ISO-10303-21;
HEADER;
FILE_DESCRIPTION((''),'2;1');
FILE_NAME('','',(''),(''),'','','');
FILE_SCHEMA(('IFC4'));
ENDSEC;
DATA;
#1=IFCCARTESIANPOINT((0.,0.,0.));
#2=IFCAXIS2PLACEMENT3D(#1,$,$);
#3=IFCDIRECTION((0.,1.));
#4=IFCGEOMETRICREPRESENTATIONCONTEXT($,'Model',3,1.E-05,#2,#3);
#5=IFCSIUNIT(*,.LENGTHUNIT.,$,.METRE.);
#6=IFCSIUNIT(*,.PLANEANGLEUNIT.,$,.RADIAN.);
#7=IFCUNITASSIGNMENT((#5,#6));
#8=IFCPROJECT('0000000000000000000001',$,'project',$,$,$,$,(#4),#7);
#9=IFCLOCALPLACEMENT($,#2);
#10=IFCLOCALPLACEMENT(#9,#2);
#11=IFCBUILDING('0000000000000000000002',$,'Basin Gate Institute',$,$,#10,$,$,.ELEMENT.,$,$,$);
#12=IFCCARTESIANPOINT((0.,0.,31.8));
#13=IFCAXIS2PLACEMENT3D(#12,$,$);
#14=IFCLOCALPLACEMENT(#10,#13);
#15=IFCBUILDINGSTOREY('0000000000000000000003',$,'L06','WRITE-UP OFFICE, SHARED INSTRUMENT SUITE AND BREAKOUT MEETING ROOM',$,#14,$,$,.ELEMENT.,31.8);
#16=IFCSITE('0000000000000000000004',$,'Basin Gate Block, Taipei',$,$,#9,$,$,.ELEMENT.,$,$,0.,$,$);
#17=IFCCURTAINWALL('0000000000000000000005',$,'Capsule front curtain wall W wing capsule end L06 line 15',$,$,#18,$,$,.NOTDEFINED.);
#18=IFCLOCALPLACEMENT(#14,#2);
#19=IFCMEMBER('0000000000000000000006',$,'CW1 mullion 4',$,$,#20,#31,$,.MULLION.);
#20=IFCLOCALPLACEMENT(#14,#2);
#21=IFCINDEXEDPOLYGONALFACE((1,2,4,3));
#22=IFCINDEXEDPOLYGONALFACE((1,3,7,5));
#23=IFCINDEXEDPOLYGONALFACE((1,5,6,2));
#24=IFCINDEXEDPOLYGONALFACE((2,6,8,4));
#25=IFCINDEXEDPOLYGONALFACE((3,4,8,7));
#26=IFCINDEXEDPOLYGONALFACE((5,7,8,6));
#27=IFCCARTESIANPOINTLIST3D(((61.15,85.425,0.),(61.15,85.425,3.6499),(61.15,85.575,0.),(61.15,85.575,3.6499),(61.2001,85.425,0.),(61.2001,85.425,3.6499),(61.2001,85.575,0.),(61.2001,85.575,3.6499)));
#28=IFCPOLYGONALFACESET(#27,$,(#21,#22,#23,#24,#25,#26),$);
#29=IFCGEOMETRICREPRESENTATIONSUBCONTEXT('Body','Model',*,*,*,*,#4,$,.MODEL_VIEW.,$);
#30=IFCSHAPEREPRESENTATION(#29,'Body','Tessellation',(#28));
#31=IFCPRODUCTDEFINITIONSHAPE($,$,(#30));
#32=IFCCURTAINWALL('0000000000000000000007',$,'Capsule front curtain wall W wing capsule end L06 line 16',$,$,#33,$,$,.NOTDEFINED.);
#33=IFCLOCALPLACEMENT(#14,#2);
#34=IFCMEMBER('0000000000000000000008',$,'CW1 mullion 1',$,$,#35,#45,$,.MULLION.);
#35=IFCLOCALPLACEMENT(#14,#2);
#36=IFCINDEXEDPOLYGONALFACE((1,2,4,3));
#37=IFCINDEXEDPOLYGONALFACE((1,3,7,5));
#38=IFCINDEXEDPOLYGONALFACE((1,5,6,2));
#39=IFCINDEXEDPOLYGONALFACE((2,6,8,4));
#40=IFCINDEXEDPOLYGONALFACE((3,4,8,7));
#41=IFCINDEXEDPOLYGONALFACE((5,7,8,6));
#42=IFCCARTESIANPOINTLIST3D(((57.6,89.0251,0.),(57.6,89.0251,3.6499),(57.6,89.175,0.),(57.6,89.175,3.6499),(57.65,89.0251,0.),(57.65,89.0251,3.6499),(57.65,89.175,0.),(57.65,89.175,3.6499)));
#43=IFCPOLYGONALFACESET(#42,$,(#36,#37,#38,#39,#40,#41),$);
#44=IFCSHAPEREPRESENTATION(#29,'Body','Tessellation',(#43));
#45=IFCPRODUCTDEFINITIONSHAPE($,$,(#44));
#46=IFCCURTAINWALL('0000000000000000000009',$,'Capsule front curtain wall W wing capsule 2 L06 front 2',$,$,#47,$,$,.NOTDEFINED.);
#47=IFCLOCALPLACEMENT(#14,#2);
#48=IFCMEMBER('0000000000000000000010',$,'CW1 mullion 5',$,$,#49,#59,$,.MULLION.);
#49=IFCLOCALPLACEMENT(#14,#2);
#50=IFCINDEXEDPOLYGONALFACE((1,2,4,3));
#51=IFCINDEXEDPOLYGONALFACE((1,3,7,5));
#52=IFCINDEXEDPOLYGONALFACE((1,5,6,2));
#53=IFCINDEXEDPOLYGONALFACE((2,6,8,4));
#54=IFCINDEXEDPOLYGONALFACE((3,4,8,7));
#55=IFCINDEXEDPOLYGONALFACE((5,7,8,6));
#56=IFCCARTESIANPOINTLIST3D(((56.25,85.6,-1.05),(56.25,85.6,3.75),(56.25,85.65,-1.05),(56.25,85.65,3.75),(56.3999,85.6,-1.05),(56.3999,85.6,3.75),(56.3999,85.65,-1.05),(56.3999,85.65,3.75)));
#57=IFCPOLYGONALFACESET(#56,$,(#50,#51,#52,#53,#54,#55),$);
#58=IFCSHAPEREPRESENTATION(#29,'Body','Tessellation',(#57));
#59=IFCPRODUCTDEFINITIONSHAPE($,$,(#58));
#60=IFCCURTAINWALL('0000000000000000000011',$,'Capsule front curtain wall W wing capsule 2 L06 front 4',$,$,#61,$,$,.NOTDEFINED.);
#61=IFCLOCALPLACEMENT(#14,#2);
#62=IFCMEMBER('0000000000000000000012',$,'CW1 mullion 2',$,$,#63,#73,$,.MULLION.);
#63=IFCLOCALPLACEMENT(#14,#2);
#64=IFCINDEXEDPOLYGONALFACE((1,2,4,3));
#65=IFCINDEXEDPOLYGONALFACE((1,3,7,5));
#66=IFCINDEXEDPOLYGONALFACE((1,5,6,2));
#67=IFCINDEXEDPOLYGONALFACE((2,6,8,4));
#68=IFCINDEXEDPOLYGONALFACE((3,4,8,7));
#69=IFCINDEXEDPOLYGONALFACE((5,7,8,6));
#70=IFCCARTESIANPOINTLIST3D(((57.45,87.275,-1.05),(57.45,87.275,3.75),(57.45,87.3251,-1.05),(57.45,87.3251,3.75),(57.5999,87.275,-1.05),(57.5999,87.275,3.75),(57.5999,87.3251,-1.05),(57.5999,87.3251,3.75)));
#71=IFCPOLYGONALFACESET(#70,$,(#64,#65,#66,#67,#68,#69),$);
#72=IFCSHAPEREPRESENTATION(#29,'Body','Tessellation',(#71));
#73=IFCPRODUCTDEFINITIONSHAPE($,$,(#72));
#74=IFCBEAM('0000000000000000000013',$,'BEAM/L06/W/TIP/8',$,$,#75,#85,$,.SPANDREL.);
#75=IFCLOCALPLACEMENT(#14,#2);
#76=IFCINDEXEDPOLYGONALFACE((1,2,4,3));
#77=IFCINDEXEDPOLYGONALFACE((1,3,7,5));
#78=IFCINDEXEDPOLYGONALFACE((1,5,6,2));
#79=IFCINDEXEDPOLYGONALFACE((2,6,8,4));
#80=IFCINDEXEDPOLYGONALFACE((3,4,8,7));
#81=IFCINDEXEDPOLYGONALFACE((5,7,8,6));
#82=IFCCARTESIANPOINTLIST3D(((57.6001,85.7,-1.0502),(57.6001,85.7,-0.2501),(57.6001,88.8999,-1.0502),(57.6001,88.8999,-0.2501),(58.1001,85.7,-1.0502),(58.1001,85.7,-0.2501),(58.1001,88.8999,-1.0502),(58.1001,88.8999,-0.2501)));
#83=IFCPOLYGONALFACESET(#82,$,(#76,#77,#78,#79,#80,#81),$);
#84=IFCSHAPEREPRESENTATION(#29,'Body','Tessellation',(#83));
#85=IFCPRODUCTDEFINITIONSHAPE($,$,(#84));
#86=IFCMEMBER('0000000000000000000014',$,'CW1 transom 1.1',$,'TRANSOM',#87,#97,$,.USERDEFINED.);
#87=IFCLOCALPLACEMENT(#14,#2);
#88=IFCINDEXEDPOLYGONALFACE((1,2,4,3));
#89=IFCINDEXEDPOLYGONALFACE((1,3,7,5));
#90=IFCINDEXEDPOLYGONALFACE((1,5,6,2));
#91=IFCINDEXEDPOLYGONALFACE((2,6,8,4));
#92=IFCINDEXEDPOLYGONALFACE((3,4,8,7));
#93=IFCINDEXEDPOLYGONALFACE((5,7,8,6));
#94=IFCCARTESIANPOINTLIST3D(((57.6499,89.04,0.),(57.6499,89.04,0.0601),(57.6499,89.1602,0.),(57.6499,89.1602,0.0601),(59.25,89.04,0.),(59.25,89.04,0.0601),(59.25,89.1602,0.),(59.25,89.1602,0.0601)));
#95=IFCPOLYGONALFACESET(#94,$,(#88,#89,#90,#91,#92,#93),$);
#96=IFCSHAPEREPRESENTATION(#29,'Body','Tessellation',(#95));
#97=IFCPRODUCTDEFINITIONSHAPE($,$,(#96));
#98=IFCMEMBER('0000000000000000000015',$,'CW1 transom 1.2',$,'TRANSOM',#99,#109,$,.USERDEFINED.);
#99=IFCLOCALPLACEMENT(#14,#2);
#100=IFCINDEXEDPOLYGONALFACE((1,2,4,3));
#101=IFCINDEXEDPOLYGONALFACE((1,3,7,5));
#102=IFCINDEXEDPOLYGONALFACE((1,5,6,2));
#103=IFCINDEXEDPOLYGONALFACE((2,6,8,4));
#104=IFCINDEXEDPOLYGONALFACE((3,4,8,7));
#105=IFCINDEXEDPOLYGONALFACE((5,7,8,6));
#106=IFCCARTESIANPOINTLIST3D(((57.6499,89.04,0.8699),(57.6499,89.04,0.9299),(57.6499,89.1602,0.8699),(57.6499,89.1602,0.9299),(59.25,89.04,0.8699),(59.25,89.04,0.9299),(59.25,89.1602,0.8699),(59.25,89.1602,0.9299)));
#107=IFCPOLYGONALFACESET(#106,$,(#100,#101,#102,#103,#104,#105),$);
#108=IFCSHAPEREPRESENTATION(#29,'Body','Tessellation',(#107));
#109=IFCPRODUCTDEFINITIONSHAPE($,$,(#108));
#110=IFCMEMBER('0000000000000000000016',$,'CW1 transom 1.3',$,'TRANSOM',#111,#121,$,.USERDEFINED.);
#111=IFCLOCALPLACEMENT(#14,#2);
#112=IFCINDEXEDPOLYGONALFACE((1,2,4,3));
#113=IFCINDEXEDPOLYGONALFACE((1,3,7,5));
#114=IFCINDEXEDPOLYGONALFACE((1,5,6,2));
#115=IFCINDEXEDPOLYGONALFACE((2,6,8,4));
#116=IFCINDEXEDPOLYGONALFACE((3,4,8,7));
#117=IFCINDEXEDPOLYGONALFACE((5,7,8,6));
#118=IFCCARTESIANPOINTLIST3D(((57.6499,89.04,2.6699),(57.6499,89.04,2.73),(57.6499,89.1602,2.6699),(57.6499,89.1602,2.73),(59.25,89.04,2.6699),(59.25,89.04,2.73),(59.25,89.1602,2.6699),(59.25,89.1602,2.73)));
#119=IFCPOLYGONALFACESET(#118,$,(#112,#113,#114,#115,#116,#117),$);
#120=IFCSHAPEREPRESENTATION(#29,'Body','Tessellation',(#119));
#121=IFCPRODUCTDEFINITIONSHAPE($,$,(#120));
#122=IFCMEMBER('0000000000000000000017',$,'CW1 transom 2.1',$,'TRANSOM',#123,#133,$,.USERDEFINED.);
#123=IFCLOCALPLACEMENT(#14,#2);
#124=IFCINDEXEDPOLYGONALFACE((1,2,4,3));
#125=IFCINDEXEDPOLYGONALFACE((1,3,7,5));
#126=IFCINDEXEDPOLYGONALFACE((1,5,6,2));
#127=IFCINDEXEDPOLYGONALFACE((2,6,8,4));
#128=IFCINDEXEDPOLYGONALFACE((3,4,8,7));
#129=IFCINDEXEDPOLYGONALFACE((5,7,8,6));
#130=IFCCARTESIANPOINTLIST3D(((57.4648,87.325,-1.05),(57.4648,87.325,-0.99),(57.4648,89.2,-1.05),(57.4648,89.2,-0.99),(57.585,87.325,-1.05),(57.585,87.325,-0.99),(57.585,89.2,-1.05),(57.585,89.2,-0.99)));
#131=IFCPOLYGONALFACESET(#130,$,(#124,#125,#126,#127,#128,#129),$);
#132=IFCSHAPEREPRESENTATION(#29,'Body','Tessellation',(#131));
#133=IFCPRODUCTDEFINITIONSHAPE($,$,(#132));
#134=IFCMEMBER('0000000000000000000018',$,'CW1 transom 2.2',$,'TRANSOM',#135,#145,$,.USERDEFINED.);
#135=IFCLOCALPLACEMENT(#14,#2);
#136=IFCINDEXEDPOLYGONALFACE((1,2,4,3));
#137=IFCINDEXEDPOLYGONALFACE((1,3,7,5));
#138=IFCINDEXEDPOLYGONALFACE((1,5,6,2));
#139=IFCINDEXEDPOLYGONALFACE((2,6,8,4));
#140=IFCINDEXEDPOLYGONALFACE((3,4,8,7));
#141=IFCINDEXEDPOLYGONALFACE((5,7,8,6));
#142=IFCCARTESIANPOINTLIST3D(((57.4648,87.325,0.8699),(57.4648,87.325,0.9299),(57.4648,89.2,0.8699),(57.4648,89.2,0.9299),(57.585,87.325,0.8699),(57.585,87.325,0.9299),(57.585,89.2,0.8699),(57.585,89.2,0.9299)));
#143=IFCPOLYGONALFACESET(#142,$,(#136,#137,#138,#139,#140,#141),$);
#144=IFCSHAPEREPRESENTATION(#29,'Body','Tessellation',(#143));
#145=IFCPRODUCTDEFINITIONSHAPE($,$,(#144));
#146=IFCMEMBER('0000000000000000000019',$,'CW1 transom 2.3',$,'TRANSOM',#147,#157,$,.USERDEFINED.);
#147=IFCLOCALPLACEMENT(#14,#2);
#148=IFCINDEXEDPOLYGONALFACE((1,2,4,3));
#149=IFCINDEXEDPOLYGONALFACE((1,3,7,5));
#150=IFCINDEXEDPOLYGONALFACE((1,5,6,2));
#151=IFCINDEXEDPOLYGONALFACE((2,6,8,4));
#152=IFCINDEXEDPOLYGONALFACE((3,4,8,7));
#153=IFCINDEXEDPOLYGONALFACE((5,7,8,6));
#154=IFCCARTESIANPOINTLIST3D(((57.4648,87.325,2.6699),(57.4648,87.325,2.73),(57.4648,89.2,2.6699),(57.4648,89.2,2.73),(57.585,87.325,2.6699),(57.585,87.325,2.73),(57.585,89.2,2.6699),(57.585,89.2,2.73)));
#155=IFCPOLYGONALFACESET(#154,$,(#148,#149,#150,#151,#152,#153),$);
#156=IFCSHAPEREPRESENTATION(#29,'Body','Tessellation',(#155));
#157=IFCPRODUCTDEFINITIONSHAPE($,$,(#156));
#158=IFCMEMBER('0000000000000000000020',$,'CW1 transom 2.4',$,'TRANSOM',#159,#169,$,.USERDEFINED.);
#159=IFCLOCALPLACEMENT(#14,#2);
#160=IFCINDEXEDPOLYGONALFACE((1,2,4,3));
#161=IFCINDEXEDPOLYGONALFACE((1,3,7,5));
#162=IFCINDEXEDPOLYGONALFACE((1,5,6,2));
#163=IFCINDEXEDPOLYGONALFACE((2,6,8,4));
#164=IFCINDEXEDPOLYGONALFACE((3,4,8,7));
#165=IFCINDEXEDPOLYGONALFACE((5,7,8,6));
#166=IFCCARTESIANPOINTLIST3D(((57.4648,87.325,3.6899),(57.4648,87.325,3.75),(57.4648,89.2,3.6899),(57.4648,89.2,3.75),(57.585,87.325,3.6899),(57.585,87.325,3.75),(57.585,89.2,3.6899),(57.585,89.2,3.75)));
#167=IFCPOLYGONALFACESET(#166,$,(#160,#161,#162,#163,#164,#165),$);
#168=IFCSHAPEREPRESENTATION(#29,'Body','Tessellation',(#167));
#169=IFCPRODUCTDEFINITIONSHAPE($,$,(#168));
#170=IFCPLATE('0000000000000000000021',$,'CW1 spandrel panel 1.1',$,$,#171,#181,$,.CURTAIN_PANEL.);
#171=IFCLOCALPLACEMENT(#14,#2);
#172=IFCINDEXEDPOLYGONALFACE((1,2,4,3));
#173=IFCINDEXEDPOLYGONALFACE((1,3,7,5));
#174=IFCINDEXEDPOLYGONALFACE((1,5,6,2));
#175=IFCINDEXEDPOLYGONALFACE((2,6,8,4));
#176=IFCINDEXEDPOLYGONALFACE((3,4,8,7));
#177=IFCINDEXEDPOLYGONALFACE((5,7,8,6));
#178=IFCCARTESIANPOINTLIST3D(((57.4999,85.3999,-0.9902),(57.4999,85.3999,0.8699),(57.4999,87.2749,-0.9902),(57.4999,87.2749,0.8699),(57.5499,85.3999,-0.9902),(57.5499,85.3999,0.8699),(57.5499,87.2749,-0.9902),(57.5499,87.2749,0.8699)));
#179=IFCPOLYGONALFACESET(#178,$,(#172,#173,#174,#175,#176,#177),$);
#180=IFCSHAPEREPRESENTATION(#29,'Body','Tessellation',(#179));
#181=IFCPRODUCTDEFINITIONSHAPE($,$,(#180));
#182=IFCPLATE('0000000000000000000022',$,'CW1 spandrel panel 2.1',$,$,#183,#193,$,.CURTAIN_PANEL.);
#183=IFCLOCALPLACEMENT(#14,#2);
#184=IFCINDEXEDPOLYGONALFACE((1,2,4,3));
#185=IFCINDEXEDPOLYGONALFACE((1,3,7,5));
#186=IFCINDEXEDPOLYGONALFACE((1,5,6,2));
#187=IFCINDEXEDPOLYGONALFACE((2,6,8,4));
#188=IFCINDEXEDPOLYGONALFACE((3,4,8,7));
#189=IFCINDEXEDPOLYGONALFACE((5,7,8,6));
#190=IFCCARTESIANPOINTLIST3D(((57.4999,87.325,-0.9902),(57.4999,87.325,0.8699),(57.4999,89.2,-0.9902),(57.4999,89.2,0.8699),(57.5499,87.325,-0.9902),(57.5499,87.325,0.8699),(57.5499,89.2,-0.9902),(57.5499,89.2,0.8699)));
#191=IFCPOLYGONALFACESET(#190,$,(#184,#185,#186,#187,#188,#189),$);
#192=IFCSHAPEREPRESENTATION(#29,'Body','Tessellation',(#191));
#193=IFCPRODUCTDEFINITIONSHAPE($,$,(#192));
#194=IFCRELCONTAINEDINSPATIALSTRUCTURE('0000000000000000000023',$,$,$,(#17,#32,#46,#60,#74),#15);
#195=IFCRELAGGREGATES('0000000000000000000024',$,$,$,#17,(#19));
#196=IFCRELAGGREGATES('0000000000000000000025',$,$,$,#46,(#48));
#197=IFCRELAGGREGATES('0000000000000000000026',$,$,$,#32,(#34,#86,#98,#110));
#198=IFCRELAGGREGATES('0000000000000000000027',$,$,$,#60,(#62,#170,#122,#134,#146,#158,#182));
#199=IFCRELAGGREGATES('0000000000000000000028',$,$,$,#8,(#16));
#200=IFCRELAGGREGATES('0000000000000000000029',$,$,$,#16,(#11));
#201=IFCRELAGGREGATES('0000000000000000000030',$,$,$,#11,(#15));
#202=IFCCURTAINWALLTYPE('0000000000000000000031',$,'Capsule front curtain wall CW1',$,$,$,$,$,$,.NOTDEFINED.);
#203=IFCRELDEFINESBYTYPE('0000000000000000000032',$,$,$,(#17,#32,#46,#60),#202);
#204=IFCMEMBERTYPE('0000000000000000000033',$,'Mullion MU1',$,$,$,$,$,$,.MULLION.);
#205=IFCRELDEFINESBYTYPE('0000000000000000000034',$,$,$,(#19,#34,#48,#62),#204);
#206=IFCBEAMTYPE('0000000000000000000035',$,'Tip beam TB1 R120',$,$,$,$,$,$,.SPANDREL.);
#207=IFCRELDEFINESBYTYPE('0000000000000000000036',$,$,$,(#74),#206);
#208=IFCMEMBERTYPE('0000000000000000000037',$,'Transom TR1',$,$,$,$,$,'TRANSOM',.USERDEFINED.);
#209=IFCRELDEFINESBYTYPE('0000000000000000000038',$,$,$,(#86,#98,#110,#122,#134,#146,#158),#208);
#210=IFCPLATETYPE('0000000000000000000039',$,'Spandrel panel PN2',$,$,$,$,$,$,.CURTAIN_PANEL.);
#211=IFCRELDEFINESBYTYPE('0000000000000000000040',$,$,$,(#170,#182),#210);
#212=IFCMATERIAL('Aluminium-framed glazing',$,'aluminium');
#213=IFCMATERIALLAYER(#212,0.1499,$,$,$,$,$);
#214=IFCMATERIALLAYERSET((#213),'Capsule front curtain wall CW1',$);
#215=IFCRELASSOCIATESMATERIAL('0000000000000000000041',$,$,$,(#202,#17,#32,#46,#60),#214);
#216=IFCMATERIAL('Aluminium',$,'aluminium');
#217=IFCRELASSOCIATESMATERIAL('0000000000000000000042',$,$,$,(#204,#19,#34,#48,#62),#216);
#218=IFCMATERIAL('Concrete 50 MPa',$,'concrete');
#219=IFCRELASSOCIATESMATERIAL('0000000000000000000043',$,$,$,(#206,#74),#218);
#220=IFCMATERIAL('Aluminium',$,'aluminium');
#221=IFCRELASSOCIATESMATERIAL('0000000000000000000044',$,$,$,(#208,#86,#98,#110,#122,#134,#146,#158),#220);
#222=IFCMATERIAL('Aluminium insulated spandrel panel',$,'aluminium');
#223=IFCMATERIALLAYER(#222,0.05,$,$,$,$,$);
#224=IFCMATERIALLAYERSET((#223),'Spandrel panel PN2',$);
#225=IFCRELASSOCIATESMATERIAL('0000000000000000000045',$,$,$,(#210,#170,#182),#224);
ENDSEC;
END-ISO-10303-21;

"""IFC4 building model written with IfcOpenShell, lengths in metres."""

from ifc_helpers import new_model, si_unit, direction, frame, origin, origin_2d, place, context, subcontext, project, spatial, rectangle, extrude, material, layer, layer_set, material_profile, profile_set, type_object, element, aggregate, save


model = new_model("IFC4")

# Units and contexts
model_context = context("Model", 3, precision=1e-05, world=origin(), true_north=direction((0.0, 1.0)))
body_context = subcontext(model_context, "Body", "Model", "MODEL_VIEW")
ifc_project = project(units=[si_unit("LENGTHUNIT", "METRE"), si_unit("PLANEANGLEUNIT", "RADIAN")], contexts=[model_context])

# Site, building, storey
site_placement = place(None, origin())
site = spatial("IfcSite", under=ifc_project, at=site_placement, Name="Basin Gate Block, Taipei", CompositionType="ELEMENT", RefElevation=0.0)
building_placement = place(site_placement, origin())
building = spatial("IfcBuilding", under=site, at=building_placement, Name="Basin Gate Institute", CompositionType="ELEMENT")
storey_placement = place(building_placement, frame((0.0, 0.0, 31.8)))
storey = spatial("IfcBuildingStorey", under=building, at=storey_placement, Name="L06", Description="WRITE-UP OFFICE, SHARED INSTRUMENT SUITE AND BREAKOUT MEETING ROOM", CompositionType="ELEMENT", Elevation=31.8)

# Curtain walls, members
ifc_material_1 = material(Name="Aluminium-framed glazing", Category="aluminium")
ifc_layer_1 = layer(ifc_material_1, 0.1499)
ifc_layer_set_1 = layer_set([ifc_layer_1], Name="Capsule front curtain wall CW1")
curtain_wall_type = type_object("IfcCurtainWallType", Name="Capsule front curtain wall CW1", PredefinedType="NOTDEFINED", material=ifc_layer_set_1)
curtain_wall_1_placement = place(storey_placement, origin())
curtain_wall_1 = element("IfcCurtainWall", 1, at=curtain_wall_1_placement, inside=storey, type_object=curtain_wall_type, material=ifc_layer_set_1, Name="Capsule front curtain wall W wing capsule end L06 line 15", PredefinedType="NOTDEFINED")
ifc_material_2 = material(Name="Aluminium", Category="aluminium")
ifc_material_profile_1 = material_profile(ifc_material_2, rectangle(XDim=0.1499, YDim=0.05, at=origin_2d()), Name="Mullion MU1 150 x 50")
ifc_profile_set_1 = profile_set([ifc_material_profile_1], Name="Aluminium")
member_type_1 = type_object("IfcMemberType", Name="Mullion MU1", PredefinedType="MULLION", material=ifc_profile_set_1)
member_1_placement = place(storey_placement, frame((61.175, 85.5, 0.0), z_axis=(0.0, 0.0, 1.0), x_axis=(0.0, 1.0, 0.0)))
member_1 = element("IfcMember", 2, at=member_1_placement, type_object=member_type_1, material=ifc_profile_set_1, Name="CW1 mullion 4", PredefinedType="MULLION", context=body_context, shape_type="SweptSolid", body=[
    extrude(rectangle(XDim=0.1499, YDim=0.05, at=origin_2d()), origin(), (0.0, 0.0, 1.0), 3.6499),
])
aggregate(curtain_wall_1, [member_1])
curtain_wall_2_placement = place(storey_placement, origin())
curtain_wall_2 = element("IfcCurtainWall", 3, at=curtain_wall_2_placement, inside=storey, type_object=curtain_wall_type, material=ifc_layer_set_1, Name="Capsule front curtain wall W wing capsule end L06 line 16", PredefinedType="NOTDEFINED")
member_2_placement = place(storey_placement, frame((57.625, 89.1001, 0.0), z_axis=(0.0, 0.0, 1.0), x_axis=(0.0, 1.0, 0.0)))
member_2 = element("IfcMember", 4, at=member_2_placement, type_object=member_type_1, material=ifc_profile_set_1, Name="CW1 mullion 1", PredefinedType="MULLION", context=body_context, shape_type="SweptSolid", body=[
    extrude(rectangle(XDim=0.1499, YDim=0.05, at=origin_2d()), origin(), (0.0, 0.0, 1.0), 3.6499),
])
curtain_wall_3_placement = place(storey_placement, origin())
curtain_wall_3 = element("IfcCurtainWall", 5, at=curtain_wall_3_placement, inside=storey, type_object=curtain_wall_type, material=ifc_layer_set_1, Name="Capsule front curtain wall W wing capsule 2 L06 front 2", PredefinedType="NOTDEFINED")
member_3_placement = place(storey_placement, frame((56.325, 85.625, -1.05), z_axis=(0.0, 0.0, 1.0), x_axis=(-1.0, 0.0, 0.0)))
member_3 = element("IfcMember", 6, at=member_3_placement, type_object=member_type_1, material=ifc_profile_set_1, Name="CW1 mullion 5", PredefinedType="MULLION", context=body_context, shape_type="SweptSolid", body=[
    extrude(rectangle(XDim=0.1499, YDim=0.05, at=origin_2d()), origin(), (0.0, 0.0, 1.0), 4.8),
])
aggregate(curtain_wall_3, [member_3])
curtain_wall_4_placement = place(storey_placement, origin())
curtain_wall_4 = element("IfcCurtainWall", 7, at=curtain_wall_4_placement, inside=storey, type_object=curtain_wall_type, material=ifc_layer_set_1, Name="Capsule front curtain wall W wing capsule 2 L06 front 4", PredefinedType="NOTDEFINED")
member_4_placement = place(storey_placement, frame((57.5249, 87.3, -1.05), z_axis=(0.0, 0.0, 1.0), x_axis=(-1.0, 0.0, 0.0)))
member_4 = element("IfcMember", 8, at=member_4_placement, type_object=member_type_1, material=ifc_profile_set_1, Name="CW1 mullion 2", PredefinedType="MULLION", context=body_context, shape_type="SweptSolid", body=[
    extrude(rectangle(XDim=0.1499, YDim=0.05, at=origin_2d()), origin(), (0.0, 0.0, 1.0), 4.8),
])

# Beam
ifc_material_3 = material(Name="Concrete 50 MPa", Category="concrete")
ifc_material_profile_2 = material_profile(ifc_material_3, rectangle(XDim=0.5, YDim=0.8, at=origin_2d()), Name="Tip beam TB1 500 x 800")
ifc_profile_set_2 = profile_set([ifc_material_profile_2], Name="Concrete 50 MPa")
beam_type = type_object("IfcBeamType", Name="Tip beam TB1 R120", PredefinedType="SPANDREL", material=ifc_profile_set_2)
beam_placement = place(storey_placement, frame((57.8501, 85.7, -0.6501), z_axis=(0.0, 1.0, 0.0), x_axis=(-1.0, 0.0, 0.0)))
element("IfcBeam", 9, at=beam_placement, inside=storey, type_object=beam_type, material=ifc_profile_set_2, Name="BEAM/L06/W/TIP/8", PredefinedType="SPANDREL", context=body_context, shape_type="SweptSolid", body=[
    extrude(rectangle(XDim=0.5, YDim=0.8, at=origin_2d()), origin(), (0.0, 0.0, 1.0), 3.2),
])

# Members
ifc_material_4 = material(Name="Aluminium", Category="aluminium")
ifc_material_profile_3 = material_profile(ifc_material_4, rectangle(XDim=0.1201, YDim=0.0601, at=origin_2d()), Name="Transom TR1 120 x 60")
ifc_profile_set_3 = profile_set([ifc_material_profile_3], Name="Aluminium")
member_type_2 = type_object("IfcMemberType", Name="Transom TR1", ElementType="TRANSOM", PredefinedType="USERDEFINED", material=ifc_profile_set_3)
member_5_placement = place(storey_placement, frame((57.6499, 89.1001, 0.03), z_axis=(1.0, 0.0, 0.0), x_axis=(0.0, 1.0, 0.0)))
member_5 = element("IfcMember", 10, at=member_5_placement, type_object=member_type_2, material=ifc_profile_set_3, Name="CW1 transom 1.1", ObjectType="TRANSOM", PredefinedType="USERDEFINED", context=body_context, shape_type="SweptSolid", body=[
    extrude(rectangle(XDim=0.1201, YDim=0.0601, at=origin_2d()), origin(), (0.0, 0.0, 1.0), 1.6001),
])
member_6_placement = place(storey_placement, frame((57.6499, 89.1001, 0.8999), z_axis=(1.0, 0.0, 0.0), x_axis=(0.0, 1.0, 0.0)))
member_6 = element("IfcMember", 11, at=member_6_placement, type_object=member_type_2, material=ifc_profile_set_3, Name="CW1 transom 1.2", ObjectType="TRANSOM", PredefinedType="USERDEFINED", context=body_context, shape_type="SweptSolid", body=[
    extrude(rectangle(XDim=0.1201, YDim=0.0601, at=origin_2d()), origin(), (0.0, 0.0, 1.0), 1.6001),
])
member_7_placement = place(storey_placement, frame((57.6499, 89.1001, 2.7), z_axis=(1.0, 0.0, 0.0), x_axis=(0.0, 1.0, 0.0)))
member_7 = element("IfcMember", 12, at=member_7_placement, type_object=member_type_2, material=ifc_profile_set_3, Name="CW1 transom 1.3", ObjectType="TRANSOM", PredefinedType="USERDEFINED", context=body_context, shape_type="SweptSolid", body=[
    extrude(rectangle(XDim=0.1201, YDim=0.0601, at=origin_2d()), origin(), (0.0, 0.0, 1.0), 1.6001),
])
aggregate(curtain_wall_2, [member_2, member_5, member_6, member_7])
member_8_placement = place(storey_placement, frame((57.5249, 87.325, -1.02), z_axis=(0.0, 1.0, 0.0), x_axis=(-1.0, 0.0, 0.0)))
member_8 = element("IfcMember", 13, at=member_8_placement, type_object=member_type_2, material=ifc_profile_set_3, Name="CW1 transom 2.1", ObjectType="TRANSOM", PredefinedType="USERDEFINED", context=body_context, shape_type="SweptSolid", body=[
    extrude(rectangle(XDim=0.1201, YDim=0.0601, at=origin_2d()), origin(), (0.0, 0.0, 1.0), 1.875),
])
member_9_placement = place(storey_placement, frame((57.5249, 87.325, 0.8999), z_axis=(0.0, 1.0, 0.0), x_axis=(-1.0, 0.0, 0.0)))
member_9 = element("IfcMember", 14, at=member_9_placement, type_object=member_type_2, material=ifc_profile_set_3, Name="CW1 transom 2.2", ObjectType="TRANSOM", PredefinedType="USERDEFINED", context=body_context, shape_type="SweptSolid", body=[
    extrude(rectangle(XDim=0.1201, YDim=0.0601, at=origin_2d()), origin(), (0.0, 0.0, 1.0), 1.875),
])
member_10_placement = place(storey_placement, frame((57.5249, 87.325, 2.7), z_axis=(0.0, 1.0, 0.0), x_axis=(-1.0, 0.0, 0.0)))
member_10 = element("IfcMember", 15, at=member_10_placement, type_object=member_type_2, material=ifc_profile_set_3, Name="CW1 transom 2.3", ObjectType="TRANSOM", PredefinedType="USERDEFINED", context=body_context, shape_type="SweptSolid", body=[
    extrude(rectangle(XDim=0.1201, YDim=0.0601, at=origin_2d()), origin(), (0.0, 0.0, 1.0), 1.875),
])
member_11_placement = place(storey_placement, frame((57.5249, 87.325, 3.72), z_axis=(0.0, 1.0, 0.0), x_axis=(-1.0, 0.0, 0.0)))
member_11 = element("IfcMember", 16, at=member_11_placement, type_object=member_type_2, material=ifc_profile_set_3, Name="CW1 transom 2.4", ObjectType="TRANSOM", PredefinedType="USERDEFINED", context=body_context, shape_type="SweptSolid", body=[
    extrude(rectangle(XDim=0.1201, YDim=0.0601, at=origin_2d()), origin(), (0.0, 0.0, 1.0), 1.875),
])

# Plates
ifc_material_5 = material(Name="Aluminium insulated spandrel panel", Category="aluminium")
ifc_layer_2 = layer(ifc_material_5, 0.05)
ifc_layer_set_2 = layer_set([ifc_layer_2], Name="Spandrel panel PN2")
plate_type_1 = type_object("IfcPlateType", Name="Spandrel panel PN2", PredefinedType="CURTAIN_PANEL", material=ifc_layer_set_2)
plate_1_placement = place(storey_placement, frame((57.5249, 86.3374, -0.9902), z_axis=(0.0, 0.0, 1.0), x_axis=(0.0, 1.0, 0.0)))
plate_1 = element("IfcPlate", 17, at=plate_1_placement, type_object=plate_type_1, material=ifc_layer_set_2, Name="CW1 spandrel panel 1.1", PredefinedType="CURTAIN_PANEL", context=body_context, shape_type="SweptSolid", body=[
    extrude(rectangle(XDim=1.875, YDim=0.05, at=origin_2d()), origin(), (0.0, 0.0, 1.0), 1.8601),
])
plate_2_placement = place(storey_placement, frame((57.5249, 88.2625, -0.9902), z_axis=(0.0, 0.0, 1.0), x_axis=(0.0, 1.0, 0.0)))
plate_2 = element("IfcPlate", 18, at=plate_2_placement, type_object=plate_type_1, material=ifc_layer_set_2, Name="CW1 spandrel panel 2.1", PredefinedType="CURTAIN_PANEL", context=body_context, shape_type="SweptSolid", body=[
    extrude(rectangle(XDim=1.875, YDim=0.05, at=origin_2d()), origin(), (0.0, 0.0, 1.0), 1.8601),
])
aggregate(curtain_wall_4, [member_4, plate_1, member_8, member_9, member_10, member_11, plate_2])

save(model, "model.ifc")
